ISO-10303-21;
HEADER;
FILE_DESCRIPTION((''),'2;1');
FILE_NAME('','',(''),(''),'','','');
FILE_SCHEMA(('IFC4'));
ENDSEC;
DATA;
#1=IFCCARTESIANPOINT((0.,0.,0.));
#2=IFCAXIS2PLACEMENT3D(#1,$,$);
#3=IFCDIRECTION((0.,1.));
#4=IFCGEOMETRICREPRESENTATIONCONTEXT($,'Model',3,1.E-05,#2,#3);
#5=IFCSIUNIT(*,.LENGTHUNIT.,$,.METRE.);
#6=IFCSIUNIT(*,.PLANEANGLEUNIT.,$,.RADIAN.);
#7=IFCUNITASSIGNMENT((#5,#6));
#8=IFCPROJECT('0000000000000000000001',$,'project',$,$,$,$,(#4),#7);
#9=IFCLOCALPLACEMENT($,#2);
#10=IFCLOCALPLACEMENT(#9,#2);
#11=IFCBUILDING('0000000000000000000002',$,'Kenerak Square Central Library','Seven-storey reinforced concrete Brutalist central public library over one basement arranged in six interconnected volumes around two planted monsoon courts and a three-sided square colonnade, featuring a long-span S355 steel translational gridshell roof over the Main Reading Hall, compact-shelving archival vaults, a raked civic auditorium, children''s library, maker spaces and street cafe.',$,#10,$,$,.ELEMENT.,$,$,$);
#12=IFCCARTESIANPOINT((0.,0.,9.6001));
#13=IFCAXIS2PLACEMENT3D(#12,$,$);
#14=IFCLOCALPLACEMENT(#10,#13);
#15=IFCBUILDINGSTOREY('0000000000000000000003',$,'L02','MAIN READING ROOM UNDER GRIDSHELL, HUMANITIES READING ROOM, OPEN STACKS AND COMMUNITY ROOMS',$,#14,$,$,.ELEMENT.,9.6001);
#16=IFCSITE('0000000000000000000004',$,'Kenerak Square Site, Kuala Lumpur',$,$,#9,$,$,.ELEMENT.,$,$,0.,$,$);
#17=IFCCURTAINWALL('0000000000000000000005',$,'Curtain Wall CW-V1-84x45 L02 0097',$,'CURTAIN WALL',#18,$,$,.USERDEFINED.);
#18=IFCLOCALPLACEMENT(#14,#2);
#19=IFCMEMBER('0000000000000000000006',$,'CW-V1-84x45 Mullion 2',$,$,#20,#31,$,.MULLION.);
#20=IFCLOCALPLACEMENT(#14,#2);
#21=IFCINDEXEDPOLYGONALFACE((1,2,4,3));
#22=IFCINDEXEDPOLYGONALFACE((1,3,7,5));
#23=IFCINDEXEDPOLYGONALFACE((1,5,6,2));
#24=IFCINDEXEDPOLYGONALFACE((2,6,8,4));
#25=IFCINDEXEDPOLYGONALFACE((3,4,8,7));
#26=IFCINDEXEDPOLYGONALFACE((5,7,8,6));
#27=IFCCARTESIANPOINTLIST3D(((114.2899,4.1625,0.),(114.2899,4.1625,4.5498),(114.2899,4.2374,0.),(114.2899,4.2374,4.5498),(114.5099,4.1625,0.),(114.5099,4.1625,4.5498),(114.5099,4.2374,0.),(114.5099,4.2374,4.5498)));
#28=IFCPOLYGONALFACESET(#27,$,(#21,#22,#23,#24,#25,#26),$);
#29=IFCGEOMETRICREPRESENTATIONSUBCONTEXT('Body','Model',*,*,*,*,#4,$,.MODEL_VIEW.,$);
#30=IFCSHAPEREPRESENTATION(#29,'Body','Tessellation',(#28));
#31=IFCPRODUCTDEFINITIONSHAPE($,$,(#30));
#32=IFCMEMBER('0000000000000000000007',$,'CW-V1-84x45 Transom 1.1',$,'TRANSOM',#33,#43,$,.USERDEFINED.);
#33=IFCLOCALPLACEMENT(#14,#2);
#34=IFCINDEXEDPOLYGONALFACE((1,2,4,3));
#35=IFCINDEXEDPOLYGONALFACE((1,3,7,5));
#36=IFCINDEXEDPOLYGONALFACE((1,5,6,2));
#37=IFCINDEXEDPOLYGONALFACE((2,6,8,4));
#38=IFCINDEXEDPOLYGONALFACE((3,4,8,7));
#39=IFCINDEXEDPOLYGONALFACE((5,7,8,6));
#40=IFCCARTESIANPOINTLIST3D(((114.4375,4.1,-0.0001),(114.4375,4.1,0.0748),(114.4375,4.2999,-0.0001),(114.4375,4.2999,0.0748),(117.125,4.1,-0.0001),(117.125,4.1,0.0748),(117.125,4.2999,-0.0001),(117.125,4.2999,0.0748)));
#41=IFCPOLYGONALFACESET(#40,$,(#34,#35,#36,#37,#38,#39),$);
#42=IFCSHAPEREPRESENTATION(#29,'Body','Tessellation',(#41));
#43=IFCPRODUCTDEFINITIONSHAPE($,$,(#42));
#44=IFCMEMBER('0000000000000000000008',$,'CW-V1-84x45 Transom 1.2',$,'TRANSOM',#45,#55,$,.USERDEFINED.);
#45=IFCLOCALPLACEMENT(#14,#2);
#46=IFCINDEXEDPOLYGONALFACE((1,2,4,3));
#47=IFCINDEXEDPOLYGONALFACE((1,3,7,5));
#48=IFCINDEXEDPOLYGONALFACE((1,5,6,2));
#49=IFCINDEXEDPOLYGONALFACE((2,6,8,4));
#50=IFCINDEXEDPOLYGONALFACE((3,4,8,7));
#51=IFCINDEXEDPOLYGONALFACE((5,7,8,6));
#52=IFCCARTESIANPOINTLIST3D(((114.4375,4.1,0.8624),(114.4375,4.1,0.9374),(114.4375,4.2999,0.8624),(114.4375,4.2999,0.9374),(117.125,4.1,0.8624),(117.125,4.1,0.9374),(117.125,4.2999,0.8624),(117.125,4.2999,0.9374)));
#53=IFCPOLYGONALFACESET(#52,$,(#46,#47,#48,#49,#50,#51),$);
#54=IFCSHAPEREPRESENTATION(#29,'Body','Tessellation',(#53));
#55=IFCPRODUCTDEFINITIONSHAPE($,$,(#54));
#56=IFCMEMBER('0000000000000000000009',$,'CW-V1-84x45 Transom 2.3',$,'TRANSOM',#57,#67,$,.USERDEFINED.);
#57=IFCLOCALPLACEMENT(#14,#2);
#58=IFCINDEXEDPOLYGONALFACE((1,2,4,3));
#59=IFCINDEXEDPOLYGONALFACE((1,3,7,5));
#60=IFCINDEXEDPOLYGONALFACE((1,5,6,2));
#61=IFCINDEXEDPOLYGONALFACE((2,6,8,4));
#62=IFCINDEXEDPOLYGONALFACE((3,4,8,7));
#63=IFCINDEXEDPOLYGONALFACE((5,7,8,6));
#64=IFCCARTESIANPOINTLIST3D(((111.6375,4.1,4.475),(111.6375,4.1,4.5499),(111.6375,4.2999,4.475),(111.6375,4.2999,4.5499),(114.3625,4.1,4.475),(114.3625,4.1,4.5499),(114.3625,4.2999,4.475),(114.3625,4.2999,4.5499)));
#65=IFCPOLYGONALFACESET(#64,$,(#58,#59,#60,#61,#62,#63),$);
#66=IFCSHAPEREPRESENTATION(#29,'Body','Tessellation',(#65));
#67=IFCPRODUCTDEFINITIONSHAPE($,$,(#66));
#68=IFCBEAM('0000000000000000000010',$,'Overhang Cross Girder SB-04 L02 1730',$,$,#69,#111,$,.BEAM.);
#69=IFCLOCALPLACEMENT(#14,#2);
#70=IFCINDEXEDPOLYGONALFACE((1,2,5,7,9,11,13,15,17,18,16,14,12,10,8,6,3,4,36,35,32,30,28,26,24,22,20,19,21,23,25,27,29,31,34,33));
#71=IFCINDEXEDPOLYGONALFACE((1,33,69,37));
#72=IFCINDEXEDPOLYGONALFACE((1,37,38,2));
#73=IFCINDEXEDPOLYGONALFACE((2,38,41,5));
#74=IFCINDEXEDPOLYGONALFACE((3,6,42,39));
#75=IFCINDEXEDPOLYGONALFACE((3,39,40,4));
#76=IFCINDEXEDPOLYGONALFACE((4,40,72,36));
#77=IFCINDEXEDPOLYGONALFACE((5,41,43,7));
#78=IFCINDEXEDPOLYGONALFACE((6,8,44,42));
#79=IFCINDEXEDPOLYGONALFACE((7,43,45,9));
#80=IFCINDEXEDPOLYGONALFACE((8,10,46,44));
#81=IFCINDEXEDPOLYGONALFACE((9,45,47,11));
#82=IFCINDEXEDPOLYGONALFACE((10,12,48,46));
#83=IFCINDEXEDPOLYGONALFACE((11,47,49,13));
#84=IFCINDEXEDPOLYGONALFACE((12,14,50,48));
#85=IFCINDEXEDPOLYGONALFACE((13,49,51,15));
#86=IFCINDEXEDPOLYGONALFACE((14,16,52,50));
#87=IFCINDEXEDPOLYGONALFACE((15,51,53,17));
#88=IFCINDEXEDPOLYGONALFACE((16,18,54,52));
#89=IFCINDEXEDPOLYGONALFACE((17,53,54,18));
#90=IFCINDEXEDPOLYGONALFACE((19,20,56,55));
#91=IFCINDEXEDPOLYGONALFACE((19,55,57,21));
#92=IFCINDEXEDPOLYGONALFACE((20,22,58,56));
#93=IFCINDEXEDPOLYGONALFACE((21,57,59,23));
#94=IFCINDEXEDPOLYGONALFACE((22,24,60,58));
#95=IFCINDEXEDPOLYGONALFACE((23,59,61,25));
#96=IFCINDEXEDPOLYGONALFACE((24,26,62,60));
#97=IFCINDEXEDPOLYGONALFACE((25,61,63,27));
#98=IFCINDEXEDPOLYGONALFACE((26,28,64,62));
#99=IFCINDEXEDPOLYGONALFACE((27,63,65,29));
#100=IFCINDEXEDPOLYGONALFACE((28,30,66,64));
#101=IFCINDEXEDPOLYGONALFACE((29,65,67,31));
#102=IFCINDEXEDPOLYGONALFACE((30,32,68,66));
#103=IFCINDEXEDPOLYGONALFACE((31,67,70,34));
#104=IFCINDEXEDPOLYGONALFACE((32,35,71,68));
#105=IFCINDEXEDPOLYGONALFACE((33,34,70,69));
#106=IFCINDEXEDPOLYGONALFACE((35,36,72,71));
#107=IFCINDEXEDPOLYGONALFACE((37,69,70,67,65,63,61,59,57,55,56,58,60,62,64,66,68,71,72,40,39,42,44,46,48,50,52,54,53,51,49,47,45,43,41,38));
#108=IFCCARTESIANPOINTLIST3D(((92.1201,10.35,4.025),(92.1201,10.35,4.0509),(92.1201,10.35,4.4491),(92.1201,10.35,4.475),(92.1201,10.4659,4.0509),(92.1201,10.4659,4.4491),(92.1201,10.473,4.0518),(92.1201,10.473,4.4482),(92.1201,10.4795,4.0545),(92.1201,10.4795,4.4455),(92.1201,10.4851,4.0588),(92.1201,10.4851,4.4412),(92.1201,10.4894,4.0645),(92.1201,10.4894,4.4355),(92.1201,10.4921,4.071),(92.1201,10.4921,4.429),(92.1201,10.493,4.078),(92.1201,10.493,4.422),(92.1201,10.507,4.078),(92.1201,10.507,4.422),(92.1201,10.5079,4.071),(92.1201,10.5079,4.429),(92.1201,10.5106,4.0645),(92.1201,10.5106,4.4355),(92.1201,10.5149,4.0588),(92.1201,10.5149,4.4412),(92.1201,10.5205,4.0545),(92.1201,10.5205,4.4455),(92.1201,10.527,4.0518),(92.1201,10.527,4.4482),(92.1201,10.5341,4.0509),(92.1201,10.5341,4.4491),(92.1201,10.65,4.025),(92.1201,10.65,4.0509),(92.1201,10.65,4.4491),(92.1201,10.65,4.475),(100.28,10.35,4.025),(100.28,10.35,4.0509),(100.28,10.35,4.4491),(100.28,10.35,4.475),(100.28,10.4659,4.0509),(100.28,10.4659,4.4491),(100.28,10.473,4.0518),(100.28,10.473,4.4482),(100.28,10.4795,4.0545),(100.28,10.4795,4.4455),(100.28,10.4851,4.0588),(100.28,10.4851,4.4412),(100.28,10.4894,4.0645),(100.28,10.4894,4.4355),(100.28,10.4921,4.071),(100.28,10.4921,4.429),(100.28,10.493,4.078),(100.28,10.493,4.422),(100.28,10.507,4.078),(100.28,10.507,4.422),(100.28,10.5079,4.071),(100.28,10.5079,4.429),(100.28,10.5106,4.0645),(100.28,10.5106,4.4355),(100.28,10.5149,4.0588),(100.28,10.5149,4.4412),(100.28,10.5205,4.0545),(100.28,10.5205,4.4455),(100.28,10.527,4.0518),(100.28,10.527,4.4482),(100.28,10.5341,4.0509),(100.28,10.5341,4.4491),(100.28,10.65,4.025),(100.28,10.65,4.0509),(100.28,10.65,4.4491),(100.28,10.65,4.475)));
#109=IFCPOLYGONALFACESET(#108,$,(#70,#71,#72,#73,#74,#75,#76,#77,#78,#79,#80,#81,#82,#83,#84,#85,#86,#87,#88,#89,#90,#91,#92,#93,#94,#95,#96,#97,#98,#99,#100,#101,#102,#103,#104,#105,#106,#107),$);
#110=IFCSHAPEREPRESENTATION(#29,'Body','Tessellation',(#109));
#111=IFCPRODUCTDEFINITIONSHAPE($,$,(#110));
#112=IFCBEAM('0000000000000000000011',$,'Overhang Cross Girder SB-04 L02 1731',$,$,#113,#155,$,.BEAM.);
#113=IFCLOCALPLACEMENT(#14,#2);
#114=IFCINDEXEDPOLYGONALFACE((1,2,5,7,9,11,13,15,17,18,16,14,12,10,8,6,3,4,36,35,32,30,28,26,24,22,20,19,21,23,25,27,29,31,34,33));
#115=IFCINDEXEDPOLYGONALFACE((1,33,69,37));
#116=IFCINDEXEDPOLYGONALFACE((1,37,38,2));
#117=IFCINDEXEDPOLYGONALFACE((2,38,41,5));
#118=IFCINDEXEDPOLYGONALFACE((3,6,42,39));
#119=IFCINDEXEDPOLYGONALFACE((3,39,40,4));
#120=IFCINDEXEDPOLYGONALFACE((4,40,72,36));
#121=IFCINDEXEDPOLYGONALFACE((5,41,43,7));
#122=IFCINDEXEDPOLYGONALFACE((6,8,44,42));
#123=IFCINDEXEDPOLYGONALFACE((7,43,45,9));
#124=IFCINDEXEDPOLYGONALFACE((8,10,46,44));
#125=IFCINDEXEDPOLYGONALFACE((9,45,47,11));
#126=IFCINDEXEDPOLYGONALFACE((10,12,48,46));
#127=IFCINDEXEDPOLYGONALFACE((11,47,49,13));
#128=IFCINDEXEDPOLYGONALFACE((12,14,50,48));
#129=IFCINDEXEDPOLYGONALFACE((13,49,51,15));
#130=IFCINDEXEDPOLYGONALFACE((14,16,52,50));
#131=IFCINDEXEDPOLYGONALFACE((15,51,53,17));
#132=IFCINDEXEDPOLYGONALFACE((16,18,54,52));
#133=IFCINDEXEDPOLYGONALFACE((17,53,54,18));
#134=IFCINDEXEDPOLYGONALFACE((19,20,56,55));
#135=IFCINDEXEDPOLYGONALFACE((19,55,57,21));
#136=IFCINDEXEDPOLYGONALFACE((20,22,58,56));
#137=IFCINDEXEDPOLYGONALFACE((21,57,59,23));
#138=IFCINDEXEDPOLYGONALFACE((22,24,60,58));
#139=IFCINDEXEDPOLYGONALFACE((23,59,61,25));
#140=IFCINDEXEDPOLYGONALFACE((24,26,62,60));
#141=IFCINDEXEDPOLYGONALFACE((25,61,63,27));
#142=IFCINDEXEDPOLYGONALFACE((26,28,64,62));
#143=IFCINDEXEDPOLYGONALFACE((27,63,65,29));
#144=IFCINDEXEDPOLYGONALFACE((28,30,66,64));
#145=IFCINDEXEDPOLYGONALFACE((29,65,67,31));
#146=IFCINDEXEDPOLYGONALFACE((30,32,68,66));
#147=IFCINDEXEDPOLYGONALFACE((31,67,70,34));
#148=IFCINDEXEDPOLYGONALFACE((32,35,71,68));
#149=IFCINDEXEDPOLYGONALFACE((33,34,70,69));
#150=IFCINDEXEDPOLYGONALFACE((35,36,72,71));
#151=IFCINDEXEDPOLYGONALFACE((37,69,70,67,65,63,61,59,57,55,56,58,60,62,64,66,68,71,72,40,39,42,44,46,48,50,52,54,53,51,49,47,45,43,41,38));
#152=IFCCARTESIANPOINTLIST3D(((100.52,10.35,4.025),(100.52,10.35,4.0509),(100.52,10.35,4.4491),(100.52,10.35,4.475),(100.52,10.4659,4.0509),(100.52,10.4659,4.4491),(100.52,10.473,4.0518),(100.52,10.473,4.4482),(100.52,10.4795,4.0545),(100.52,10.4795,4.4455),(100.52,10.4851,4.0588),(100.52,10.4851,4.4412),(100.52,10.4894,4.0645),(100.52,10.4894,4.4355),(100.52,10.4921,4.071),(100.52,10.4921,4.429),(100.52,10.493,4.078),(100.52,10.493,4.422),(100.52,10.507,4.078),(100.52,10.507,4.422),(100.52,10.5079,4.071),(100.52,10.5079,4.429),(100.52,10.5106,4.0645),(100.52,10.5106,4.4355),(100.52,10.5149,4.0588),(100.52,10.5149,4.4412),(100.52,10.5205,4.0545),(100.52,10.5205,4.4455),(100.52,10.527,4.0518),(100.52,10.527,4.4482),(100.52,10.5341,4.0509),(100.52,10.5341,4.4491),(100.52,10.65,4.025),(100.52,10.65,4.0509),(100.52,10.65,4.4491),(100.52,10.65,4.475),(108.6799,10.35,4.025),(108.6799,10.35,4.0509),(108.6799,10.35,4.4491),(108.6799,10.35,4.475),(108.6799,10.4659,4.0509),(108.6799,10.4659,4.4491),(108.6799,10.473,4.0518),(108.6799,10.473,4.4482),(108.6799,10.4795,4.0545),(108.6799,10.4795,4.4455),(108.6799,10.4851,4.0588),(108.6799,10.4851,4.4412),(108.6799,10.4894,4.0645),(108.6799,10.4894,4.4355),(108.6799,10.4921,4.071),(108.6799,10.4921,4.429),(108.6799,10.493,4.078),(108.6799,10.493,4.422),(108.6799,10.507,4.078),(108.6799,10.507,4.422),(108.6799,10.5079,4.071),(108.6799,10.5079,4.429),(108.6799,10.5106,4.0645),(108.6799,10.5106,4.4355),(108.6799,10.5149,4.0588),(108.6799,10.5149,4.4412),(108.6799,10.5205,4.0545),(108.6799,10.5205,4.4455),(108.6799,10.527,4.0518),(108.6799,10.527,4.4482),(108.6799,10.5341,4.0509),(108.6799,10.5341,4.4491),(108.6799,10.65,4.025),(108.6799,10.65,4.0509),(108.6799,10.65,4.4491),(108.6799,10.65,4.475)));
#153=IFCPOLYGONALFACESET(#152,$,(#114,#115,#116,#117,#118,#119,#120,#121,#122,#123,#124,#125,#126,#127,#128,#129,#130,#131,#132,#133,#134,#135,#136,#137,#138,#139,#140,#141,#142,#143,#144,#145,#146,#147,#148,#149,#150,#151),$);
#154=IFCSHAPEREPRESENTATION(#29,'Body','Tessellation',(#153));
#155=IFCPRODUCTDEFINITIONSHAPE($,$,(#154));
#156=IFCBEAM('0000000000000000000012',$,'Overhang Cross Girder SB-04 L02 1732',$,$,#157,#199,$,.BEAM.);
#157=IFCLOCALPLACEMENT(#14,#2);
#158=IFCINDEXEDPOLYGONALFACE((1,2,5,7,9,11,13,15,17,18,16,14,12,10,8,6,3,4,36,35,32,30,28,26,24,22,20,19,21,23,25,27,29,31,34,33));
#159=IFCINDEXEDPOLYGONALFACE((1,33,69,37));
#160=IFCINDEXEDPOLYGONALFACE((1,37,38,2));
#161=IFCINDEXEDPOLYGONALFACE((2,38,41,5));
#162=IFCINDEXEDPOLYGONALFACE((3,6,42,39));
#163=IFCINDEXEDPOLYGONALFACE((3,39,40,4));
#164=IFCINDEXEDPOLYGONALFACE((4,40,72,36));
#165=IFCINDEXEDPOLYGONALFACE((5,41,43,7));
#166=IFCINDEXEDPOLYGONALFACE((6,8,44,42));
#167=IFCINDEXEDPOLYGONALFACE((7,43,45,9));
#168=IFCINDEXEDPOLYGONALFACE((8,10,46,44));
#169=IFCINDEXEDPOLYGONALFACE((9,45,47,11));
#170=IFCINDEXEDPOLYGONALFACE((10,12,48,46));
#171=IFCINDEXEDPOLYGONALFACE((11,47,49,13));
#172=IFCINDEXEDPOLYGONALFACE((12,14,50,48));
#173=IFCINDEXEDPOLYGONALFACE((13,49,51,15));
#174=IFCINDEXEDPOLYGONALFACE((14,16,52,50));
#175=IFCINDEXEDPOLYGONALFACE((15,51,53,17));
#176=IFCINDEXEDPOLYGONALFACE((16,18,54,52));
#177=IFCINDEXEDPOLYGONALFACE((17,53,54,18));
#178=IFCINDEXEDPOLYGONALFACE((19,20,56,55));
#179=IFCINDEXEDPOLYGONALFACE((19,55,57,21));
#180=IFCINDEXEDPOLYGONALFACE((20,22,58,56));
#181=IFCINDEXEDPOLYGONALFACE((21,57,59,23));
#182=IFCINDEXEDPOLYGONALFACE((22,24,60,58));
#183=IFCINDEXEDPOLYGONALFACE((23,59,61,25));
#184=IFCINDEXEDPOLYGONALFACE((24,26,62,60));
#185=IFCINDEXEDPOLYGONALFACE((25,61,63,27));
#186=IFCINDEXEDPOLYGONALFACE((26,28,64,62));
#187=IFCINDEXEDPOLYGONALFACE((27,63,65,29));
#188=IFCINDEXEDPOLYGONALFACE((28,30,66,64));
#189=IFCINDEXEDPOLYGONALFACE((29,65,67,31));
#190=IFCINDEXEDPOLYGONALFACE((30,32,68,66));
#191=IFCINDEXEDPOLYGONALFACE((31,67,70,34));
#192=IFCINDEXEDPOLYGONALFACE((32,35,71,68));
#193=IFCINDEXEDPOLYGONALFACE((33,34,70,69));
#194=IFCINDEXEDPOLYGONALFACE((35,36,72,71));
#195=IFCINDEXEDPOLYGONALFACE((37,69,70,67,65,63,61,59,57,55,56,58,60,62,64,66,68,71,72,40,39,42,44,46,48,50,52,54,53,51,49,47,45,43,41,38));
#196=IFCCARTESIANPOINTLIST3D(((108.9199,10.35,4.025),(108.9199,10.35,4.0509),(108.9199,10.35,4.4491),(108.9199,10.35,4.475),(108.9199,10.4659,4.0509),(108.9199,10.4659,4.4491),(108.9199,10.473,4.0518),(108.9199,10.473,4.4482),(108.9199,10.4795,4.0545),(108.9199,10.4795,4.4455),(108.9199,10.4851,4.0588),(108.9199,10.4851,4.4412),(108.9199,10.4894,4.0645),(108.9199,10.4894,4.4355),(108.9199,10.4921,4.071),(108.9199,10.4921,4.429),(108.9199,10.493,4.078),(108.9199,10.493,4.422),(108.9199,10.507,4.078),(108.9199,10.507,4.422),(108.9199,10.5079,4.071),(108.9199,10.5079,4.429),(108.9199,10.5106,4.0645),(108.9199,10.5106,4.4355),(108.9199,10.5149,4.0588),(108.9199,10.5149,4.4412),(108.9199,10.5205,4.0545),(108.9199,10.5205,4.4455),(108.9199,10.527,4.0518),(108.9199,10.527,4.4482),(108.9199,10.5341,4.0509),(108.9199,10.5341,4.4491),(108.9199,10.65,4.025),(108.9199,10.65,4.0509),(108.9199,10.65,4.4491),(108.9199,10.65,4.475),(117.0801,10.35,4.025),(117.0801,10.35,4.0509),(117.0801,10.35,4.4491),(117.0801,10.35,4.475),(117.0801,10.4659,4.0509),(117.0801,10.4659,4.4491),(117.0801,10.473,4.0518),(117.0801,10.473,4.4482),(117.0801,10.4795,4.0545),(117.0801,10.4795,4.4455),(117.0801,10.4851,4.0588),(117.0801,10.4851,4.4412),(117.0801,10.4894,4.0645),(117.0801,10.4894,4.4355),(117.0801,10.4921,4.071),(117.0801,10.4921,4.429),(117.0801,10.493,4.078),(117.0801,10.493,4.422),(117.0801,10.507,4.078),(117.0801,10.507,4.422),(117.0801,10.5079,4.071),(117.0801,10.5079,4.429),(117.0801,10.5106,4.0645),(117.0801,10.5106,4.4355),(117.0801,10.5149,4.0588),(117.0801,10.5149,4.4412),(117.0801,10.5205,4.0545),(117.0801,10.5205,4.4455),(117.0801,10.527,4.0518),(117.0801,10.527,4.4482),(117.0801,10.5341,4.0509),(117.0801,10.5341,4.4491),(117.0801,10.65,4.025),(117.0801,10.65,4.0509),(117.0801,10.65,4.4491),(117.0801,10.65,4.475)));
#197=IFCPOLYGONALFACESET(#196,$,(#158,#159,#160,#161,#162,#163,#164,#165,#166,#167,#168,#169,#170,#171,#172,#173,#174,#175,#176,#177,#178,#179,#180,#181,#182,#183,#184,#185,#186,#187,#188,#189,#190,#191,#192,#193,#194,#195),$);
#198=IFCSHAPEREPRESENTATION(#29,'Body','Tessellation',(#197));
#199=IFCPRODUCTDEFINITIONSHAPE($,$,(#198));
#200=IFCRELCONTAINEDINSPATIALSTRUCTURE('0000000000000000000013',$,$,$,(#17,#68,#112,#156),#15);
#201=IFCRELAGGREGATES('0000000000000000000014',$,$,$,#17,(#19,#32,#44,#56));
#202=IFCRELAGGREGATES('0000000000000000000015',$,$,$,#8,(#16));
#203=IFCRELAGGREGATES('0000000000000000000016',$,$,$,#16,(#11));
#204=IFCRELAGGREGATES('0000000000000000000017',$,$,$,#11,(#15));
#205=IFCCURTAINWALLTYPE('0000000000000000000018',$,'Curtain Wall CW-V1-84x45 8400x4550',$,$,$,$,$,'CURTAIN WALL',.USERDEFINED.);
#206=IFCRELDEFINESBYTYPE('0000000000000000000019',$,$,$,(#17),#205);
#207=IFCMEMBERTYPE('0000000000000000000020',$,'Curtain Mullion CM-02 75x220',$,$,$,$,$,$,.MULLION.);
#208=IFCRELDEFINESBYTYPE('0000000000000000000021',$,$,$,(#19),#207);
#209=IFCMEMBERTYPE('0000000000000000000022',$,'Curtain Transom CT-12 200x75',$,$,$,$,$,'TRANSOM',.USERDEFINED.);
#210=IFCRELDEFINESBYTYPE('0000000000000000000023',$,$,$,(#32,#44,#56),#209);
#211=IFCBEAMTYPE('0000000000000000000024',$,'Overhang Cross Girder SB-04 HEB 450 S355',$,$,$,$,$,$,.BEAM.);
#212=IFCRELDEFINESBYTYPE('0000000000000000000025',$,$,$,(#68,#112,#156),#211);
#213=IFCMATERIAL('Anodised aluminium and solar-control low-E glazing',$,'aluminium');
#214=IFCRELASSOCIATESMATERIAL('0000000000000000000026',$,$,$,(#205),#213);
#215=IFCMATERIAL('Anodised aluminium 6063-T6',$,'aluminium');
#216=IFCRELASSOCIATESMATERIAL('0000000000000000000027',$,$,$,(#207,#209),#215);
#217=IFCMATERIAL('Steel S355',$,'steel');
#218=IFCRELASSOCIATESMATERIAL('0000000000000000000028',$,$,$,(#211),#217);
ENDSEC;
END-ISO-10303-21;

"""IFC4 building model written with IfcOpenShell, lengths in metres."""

from ifc_helpers import new_model, si_unit, direction, frame, origin, origin_2d, place, context, subcontext, project, spatial, rectangle, i_section, extrude, material, material_profile, profile_set, type_object, element, aggregate, save


model = new_model("IFC4")

# Units and contexts
model_context = context("Model", 3, precision=1e-05, world=origin(), true_north=direction((0.0, 1.0)))
body_context = subcontext(model_context, "Body", "Model", "MODEL_VIEW")
ifc_project = project(units=[si_unit("LENGTHUNIT", "METRE"), si_unit("PLANEANGLEUNIT", "RADIAN")], contexts=[model_context])

# Site, building, storey
site_placement = place(None, origin())
site = spatial("IfcSite", under=ifc_project, at=site_placement, Name="Kenerak Square Site, Kuala Lumpur", CompositionType="ELEMENT", RefElevation=0.0)
building_placement = place(site_placement, origin())
building = spatial("IfcBuilding", under=site, at=building_placement, Name="Kenerak Square Central Library", Description="Seven-storey reinforced concrete Brutalist central public library over one basement arranged in six interconnected volumes around two planted monsoon courts and a three-sided square colonnade, featuring a long-span S355 steel translational gridshell roof over the Main Reading Hall, compact-shelving archival vaults, a raked civic auditorium, children's library, maker spaces and street cafe.", CompositionType="ELEMENT")
storey_placement = place(building_placement, frame((0.0, 0.0, 9.6001)))
storey = spatial("IfcBuildingStorey", under=building, at=storey_placement, Name="L02", Description="MAIN READING ROOM UNDER GRIDSHELL, HUMANITIES READING ROOM, OPEN STACKS AND COMMUNITY ROOMS", CompositionType="ELEMENT", Elevation=9.6001)

# Curtain wall, members
ifc_material_1 = material(Name="Anodised aluminium and solar-control low-E glazing", Category="aluminium")
curtain_wall_type = type_object("IfcCurtainWallType", Name="Curtain Wall CW-V1-84x45 8400x4550", ElementType="CURTAIN WALL", PredefinedType="USERDEFINED", material=ifc_material_1)
curtain_wall_placement = place(storey_placement, origin())
curtain_wall = element("IfcCurtainWall", 1, at=curtain_wall_placement, inside=storey, type_object=curtain_wall_type, Name="Curtain Wall CW-V1-84x45 L02 0097", ObjectType="CURTAIN WALL", PredefinedType="USERDEFINED")
ifc_material_2 = material(Name="Anodised aluminium 6063-T6", Category="aluminium")
ifc_material_profile_1 = material_profile(ifc_material_2, rectangle(XDim=0.075, YDim=0.22, at=origin_2d()), Name="AL MULLION 75x220")
ifc_profile_set_1 = profile_set([ifc_material_profile_1], Name="Anodised aluminium 6063-T6")
member_type_1 = type_object("IfcMemberType", Name="Curtain Mullion CM-02 75x220", PredefinedType="MULLION", material=ifc_profile_set_1)
member_1_placement = place(storey_placement, frame((114.3999, 4.2, 0.0), z_axis=(0.0, 0.0, 1.0), x_axis=(0.0, -1.0, 0.0)))
member_1 = element("IfcMember", 2, at=member_1_placement, type_object=member_type_1, Name="CW-V1-84x45 Mullion 2", PredefinedType="MULLION", context=body_context, shape_type="SweptSolid", body=[
    extrude(rectangle(XDim=0.075, YDim=0.22, at=origin_2d()), origin(), (0.0, 0.0, 1.0), 4.5498),
])
ifc_material_profile_2 = material_profile(ifc_material_2, rectangle(XDim=0.2, YDim=0.075, at=origin_2d()), Name="AL TRANSOM 200x75")
ifc_profile_set_2 = profile_set([ifc_material_profile_2], Name="Anodised aluminium 6063-T6")
member_type_2 = type_object("IfcMemberType", Name="Curtain Transom CT-12 200x75", ElementType="TRANSOM", PredefinedType="USERDEFINED", material=ifc_profile_set_2)
member_2_placement = place(storey_placement, frame((117.125, 4.2, 0.0374), z_axis=(-1.0, 0.0, 0.0), x_axis=(0.0, -1.0, 0.0)))
member_2 = element("IfcMember", 3, at=member_2_placement, type_object=member_type_2, Name="CW-V1-84x45 Transom 1.1", ObjectType="TRANSOM", PredefinedType="USERDEFINED", context=body_context, shape_type="SweptSolid", body=[
    extrude(rectangle(XDim=0.2, YDim=0.075, at=origin_2d()), origin(), (0.0, 0.0, 1.0), 2.6875),
])
member_3_placement = place(storey_placement, frame((117.125, 4.2, 0.8999), z_axis=(-1.0, 0.0, 0.0), x_axis=(0.0, -1.0, 0.0)))
member_3 = element("IfcMember", 4, at=member_3_placement, type_object=member_type_2, Name="CW-V1-84x45 Transom 1.2", ObjectType="TRANSOM", PredefinedType="USERDEFINED", context=body_context, shape_type="SweptSolid", body=[
    extrude(rectangle(XDim=0.2, YDim=0.075, at=origin_2d()), origin(), (0.0, 0.0, 1.0), 2.6875),
])
member_4_placement = place(storey_placement, frame((114.3625, 4.2, 4.5125), z_axis=(-1.0, 0.0, 0.0), x_axis=(0.0, -1.0, 0.0)))
member_4 = element("IfcMember", 5, at=member_4_placement, type_object=member_type_2, Name="CW-V1-84x45 Transom 2.3", ObjectType="TRANSOM", PredefinedType="USERDEFINED", context=body_context, shape_type="SweptSolid", body=[
    extrude(rectangle(XDim=0.2, YDim=0.075, at=origin_2d()), origin(), (0.0, 0.0, 1.0), 2.7251),
])

# Beams
ifc_material_3 = material(Name="Steel S355", Category="steel")
ifc_material_profile_3 = material_profile(ifc_material_3, i_section(OverallWidth=0.3, OverallDepth=0.45, WebThickness=0.0139, FlangeThickness=0.0259, FilletRadius=0.0271, at=origin_2d()), Name="HEB 450")
ifc_profile_set_3 = profile_set([ifc_material_profile_3], Name="Steel S355")
beam_type_1 = type_object("IfcBeamType", Name="Overhang Cross Girder SB-04 HEB 450 S355", PredefinedType="BEAM", material=ifc_profile_set_3)
for number, where, z_axis, x_axis, name in (
    (6, (92.1201, 10.5, 4.25), (1.0, 0.0, 0.0), (0.0, 1.0, 0.0), "Overhang Cross Girder SB-04 L02 1730"),
    (7, (100.52, 10.5, 4.25), (1.0, 0.0, 0.0), (0.0, 1.0, 0.0), "Overhang Cross Girder SB-04 L02 1731"),
):
    element("IfcBeam", number, at=place(storey_placement, frame(where, z_axis=z_axis, x_axis=x_axis)), inside=storey, type_object=beam_type_1, Name=name, PredefinedType="BEAM", context=body_context, shape_type="SweptSolid", body=[
        extrude(i_section(OverallWidth=0.3, OverallDepth=0.45, WebThickness=0.0139, FlangeThickness=0.0259, FilletRadius=0.0271, at=origin_2d()), origin(), (0.0, 0.0, 1.0), 8.1599),
    ])
beam_1_placement = place(storey_placement, frame((108.9199, 10.5, 4.25), z_axis=(1.0, 0.0, 0.0), x_axis=(0.0, 1.0, 0.0)))
element("IfcBeam", 8, at=beam_1_placement, inside=storey, type_object=beam_type_1, Name="Overhang Cross Girder SB-04 L02 1732", PredefinedType="BEAM", context=body_context, shape_type="SweptSolid", body=[
    extrude(i_section(OverallWidth=0.3, OverallDepth=0.45, WebThickness=0.0139, FlangeThickness=0.0259, FilletRadius=0.0271, at=origin_2d()), origin(), (0.0, 0.0, 1.0), 8.1602),
])

aggregate(curtain_wall, [member_1, member_2, member_3, member_4])

save(model, "model.ifc")
